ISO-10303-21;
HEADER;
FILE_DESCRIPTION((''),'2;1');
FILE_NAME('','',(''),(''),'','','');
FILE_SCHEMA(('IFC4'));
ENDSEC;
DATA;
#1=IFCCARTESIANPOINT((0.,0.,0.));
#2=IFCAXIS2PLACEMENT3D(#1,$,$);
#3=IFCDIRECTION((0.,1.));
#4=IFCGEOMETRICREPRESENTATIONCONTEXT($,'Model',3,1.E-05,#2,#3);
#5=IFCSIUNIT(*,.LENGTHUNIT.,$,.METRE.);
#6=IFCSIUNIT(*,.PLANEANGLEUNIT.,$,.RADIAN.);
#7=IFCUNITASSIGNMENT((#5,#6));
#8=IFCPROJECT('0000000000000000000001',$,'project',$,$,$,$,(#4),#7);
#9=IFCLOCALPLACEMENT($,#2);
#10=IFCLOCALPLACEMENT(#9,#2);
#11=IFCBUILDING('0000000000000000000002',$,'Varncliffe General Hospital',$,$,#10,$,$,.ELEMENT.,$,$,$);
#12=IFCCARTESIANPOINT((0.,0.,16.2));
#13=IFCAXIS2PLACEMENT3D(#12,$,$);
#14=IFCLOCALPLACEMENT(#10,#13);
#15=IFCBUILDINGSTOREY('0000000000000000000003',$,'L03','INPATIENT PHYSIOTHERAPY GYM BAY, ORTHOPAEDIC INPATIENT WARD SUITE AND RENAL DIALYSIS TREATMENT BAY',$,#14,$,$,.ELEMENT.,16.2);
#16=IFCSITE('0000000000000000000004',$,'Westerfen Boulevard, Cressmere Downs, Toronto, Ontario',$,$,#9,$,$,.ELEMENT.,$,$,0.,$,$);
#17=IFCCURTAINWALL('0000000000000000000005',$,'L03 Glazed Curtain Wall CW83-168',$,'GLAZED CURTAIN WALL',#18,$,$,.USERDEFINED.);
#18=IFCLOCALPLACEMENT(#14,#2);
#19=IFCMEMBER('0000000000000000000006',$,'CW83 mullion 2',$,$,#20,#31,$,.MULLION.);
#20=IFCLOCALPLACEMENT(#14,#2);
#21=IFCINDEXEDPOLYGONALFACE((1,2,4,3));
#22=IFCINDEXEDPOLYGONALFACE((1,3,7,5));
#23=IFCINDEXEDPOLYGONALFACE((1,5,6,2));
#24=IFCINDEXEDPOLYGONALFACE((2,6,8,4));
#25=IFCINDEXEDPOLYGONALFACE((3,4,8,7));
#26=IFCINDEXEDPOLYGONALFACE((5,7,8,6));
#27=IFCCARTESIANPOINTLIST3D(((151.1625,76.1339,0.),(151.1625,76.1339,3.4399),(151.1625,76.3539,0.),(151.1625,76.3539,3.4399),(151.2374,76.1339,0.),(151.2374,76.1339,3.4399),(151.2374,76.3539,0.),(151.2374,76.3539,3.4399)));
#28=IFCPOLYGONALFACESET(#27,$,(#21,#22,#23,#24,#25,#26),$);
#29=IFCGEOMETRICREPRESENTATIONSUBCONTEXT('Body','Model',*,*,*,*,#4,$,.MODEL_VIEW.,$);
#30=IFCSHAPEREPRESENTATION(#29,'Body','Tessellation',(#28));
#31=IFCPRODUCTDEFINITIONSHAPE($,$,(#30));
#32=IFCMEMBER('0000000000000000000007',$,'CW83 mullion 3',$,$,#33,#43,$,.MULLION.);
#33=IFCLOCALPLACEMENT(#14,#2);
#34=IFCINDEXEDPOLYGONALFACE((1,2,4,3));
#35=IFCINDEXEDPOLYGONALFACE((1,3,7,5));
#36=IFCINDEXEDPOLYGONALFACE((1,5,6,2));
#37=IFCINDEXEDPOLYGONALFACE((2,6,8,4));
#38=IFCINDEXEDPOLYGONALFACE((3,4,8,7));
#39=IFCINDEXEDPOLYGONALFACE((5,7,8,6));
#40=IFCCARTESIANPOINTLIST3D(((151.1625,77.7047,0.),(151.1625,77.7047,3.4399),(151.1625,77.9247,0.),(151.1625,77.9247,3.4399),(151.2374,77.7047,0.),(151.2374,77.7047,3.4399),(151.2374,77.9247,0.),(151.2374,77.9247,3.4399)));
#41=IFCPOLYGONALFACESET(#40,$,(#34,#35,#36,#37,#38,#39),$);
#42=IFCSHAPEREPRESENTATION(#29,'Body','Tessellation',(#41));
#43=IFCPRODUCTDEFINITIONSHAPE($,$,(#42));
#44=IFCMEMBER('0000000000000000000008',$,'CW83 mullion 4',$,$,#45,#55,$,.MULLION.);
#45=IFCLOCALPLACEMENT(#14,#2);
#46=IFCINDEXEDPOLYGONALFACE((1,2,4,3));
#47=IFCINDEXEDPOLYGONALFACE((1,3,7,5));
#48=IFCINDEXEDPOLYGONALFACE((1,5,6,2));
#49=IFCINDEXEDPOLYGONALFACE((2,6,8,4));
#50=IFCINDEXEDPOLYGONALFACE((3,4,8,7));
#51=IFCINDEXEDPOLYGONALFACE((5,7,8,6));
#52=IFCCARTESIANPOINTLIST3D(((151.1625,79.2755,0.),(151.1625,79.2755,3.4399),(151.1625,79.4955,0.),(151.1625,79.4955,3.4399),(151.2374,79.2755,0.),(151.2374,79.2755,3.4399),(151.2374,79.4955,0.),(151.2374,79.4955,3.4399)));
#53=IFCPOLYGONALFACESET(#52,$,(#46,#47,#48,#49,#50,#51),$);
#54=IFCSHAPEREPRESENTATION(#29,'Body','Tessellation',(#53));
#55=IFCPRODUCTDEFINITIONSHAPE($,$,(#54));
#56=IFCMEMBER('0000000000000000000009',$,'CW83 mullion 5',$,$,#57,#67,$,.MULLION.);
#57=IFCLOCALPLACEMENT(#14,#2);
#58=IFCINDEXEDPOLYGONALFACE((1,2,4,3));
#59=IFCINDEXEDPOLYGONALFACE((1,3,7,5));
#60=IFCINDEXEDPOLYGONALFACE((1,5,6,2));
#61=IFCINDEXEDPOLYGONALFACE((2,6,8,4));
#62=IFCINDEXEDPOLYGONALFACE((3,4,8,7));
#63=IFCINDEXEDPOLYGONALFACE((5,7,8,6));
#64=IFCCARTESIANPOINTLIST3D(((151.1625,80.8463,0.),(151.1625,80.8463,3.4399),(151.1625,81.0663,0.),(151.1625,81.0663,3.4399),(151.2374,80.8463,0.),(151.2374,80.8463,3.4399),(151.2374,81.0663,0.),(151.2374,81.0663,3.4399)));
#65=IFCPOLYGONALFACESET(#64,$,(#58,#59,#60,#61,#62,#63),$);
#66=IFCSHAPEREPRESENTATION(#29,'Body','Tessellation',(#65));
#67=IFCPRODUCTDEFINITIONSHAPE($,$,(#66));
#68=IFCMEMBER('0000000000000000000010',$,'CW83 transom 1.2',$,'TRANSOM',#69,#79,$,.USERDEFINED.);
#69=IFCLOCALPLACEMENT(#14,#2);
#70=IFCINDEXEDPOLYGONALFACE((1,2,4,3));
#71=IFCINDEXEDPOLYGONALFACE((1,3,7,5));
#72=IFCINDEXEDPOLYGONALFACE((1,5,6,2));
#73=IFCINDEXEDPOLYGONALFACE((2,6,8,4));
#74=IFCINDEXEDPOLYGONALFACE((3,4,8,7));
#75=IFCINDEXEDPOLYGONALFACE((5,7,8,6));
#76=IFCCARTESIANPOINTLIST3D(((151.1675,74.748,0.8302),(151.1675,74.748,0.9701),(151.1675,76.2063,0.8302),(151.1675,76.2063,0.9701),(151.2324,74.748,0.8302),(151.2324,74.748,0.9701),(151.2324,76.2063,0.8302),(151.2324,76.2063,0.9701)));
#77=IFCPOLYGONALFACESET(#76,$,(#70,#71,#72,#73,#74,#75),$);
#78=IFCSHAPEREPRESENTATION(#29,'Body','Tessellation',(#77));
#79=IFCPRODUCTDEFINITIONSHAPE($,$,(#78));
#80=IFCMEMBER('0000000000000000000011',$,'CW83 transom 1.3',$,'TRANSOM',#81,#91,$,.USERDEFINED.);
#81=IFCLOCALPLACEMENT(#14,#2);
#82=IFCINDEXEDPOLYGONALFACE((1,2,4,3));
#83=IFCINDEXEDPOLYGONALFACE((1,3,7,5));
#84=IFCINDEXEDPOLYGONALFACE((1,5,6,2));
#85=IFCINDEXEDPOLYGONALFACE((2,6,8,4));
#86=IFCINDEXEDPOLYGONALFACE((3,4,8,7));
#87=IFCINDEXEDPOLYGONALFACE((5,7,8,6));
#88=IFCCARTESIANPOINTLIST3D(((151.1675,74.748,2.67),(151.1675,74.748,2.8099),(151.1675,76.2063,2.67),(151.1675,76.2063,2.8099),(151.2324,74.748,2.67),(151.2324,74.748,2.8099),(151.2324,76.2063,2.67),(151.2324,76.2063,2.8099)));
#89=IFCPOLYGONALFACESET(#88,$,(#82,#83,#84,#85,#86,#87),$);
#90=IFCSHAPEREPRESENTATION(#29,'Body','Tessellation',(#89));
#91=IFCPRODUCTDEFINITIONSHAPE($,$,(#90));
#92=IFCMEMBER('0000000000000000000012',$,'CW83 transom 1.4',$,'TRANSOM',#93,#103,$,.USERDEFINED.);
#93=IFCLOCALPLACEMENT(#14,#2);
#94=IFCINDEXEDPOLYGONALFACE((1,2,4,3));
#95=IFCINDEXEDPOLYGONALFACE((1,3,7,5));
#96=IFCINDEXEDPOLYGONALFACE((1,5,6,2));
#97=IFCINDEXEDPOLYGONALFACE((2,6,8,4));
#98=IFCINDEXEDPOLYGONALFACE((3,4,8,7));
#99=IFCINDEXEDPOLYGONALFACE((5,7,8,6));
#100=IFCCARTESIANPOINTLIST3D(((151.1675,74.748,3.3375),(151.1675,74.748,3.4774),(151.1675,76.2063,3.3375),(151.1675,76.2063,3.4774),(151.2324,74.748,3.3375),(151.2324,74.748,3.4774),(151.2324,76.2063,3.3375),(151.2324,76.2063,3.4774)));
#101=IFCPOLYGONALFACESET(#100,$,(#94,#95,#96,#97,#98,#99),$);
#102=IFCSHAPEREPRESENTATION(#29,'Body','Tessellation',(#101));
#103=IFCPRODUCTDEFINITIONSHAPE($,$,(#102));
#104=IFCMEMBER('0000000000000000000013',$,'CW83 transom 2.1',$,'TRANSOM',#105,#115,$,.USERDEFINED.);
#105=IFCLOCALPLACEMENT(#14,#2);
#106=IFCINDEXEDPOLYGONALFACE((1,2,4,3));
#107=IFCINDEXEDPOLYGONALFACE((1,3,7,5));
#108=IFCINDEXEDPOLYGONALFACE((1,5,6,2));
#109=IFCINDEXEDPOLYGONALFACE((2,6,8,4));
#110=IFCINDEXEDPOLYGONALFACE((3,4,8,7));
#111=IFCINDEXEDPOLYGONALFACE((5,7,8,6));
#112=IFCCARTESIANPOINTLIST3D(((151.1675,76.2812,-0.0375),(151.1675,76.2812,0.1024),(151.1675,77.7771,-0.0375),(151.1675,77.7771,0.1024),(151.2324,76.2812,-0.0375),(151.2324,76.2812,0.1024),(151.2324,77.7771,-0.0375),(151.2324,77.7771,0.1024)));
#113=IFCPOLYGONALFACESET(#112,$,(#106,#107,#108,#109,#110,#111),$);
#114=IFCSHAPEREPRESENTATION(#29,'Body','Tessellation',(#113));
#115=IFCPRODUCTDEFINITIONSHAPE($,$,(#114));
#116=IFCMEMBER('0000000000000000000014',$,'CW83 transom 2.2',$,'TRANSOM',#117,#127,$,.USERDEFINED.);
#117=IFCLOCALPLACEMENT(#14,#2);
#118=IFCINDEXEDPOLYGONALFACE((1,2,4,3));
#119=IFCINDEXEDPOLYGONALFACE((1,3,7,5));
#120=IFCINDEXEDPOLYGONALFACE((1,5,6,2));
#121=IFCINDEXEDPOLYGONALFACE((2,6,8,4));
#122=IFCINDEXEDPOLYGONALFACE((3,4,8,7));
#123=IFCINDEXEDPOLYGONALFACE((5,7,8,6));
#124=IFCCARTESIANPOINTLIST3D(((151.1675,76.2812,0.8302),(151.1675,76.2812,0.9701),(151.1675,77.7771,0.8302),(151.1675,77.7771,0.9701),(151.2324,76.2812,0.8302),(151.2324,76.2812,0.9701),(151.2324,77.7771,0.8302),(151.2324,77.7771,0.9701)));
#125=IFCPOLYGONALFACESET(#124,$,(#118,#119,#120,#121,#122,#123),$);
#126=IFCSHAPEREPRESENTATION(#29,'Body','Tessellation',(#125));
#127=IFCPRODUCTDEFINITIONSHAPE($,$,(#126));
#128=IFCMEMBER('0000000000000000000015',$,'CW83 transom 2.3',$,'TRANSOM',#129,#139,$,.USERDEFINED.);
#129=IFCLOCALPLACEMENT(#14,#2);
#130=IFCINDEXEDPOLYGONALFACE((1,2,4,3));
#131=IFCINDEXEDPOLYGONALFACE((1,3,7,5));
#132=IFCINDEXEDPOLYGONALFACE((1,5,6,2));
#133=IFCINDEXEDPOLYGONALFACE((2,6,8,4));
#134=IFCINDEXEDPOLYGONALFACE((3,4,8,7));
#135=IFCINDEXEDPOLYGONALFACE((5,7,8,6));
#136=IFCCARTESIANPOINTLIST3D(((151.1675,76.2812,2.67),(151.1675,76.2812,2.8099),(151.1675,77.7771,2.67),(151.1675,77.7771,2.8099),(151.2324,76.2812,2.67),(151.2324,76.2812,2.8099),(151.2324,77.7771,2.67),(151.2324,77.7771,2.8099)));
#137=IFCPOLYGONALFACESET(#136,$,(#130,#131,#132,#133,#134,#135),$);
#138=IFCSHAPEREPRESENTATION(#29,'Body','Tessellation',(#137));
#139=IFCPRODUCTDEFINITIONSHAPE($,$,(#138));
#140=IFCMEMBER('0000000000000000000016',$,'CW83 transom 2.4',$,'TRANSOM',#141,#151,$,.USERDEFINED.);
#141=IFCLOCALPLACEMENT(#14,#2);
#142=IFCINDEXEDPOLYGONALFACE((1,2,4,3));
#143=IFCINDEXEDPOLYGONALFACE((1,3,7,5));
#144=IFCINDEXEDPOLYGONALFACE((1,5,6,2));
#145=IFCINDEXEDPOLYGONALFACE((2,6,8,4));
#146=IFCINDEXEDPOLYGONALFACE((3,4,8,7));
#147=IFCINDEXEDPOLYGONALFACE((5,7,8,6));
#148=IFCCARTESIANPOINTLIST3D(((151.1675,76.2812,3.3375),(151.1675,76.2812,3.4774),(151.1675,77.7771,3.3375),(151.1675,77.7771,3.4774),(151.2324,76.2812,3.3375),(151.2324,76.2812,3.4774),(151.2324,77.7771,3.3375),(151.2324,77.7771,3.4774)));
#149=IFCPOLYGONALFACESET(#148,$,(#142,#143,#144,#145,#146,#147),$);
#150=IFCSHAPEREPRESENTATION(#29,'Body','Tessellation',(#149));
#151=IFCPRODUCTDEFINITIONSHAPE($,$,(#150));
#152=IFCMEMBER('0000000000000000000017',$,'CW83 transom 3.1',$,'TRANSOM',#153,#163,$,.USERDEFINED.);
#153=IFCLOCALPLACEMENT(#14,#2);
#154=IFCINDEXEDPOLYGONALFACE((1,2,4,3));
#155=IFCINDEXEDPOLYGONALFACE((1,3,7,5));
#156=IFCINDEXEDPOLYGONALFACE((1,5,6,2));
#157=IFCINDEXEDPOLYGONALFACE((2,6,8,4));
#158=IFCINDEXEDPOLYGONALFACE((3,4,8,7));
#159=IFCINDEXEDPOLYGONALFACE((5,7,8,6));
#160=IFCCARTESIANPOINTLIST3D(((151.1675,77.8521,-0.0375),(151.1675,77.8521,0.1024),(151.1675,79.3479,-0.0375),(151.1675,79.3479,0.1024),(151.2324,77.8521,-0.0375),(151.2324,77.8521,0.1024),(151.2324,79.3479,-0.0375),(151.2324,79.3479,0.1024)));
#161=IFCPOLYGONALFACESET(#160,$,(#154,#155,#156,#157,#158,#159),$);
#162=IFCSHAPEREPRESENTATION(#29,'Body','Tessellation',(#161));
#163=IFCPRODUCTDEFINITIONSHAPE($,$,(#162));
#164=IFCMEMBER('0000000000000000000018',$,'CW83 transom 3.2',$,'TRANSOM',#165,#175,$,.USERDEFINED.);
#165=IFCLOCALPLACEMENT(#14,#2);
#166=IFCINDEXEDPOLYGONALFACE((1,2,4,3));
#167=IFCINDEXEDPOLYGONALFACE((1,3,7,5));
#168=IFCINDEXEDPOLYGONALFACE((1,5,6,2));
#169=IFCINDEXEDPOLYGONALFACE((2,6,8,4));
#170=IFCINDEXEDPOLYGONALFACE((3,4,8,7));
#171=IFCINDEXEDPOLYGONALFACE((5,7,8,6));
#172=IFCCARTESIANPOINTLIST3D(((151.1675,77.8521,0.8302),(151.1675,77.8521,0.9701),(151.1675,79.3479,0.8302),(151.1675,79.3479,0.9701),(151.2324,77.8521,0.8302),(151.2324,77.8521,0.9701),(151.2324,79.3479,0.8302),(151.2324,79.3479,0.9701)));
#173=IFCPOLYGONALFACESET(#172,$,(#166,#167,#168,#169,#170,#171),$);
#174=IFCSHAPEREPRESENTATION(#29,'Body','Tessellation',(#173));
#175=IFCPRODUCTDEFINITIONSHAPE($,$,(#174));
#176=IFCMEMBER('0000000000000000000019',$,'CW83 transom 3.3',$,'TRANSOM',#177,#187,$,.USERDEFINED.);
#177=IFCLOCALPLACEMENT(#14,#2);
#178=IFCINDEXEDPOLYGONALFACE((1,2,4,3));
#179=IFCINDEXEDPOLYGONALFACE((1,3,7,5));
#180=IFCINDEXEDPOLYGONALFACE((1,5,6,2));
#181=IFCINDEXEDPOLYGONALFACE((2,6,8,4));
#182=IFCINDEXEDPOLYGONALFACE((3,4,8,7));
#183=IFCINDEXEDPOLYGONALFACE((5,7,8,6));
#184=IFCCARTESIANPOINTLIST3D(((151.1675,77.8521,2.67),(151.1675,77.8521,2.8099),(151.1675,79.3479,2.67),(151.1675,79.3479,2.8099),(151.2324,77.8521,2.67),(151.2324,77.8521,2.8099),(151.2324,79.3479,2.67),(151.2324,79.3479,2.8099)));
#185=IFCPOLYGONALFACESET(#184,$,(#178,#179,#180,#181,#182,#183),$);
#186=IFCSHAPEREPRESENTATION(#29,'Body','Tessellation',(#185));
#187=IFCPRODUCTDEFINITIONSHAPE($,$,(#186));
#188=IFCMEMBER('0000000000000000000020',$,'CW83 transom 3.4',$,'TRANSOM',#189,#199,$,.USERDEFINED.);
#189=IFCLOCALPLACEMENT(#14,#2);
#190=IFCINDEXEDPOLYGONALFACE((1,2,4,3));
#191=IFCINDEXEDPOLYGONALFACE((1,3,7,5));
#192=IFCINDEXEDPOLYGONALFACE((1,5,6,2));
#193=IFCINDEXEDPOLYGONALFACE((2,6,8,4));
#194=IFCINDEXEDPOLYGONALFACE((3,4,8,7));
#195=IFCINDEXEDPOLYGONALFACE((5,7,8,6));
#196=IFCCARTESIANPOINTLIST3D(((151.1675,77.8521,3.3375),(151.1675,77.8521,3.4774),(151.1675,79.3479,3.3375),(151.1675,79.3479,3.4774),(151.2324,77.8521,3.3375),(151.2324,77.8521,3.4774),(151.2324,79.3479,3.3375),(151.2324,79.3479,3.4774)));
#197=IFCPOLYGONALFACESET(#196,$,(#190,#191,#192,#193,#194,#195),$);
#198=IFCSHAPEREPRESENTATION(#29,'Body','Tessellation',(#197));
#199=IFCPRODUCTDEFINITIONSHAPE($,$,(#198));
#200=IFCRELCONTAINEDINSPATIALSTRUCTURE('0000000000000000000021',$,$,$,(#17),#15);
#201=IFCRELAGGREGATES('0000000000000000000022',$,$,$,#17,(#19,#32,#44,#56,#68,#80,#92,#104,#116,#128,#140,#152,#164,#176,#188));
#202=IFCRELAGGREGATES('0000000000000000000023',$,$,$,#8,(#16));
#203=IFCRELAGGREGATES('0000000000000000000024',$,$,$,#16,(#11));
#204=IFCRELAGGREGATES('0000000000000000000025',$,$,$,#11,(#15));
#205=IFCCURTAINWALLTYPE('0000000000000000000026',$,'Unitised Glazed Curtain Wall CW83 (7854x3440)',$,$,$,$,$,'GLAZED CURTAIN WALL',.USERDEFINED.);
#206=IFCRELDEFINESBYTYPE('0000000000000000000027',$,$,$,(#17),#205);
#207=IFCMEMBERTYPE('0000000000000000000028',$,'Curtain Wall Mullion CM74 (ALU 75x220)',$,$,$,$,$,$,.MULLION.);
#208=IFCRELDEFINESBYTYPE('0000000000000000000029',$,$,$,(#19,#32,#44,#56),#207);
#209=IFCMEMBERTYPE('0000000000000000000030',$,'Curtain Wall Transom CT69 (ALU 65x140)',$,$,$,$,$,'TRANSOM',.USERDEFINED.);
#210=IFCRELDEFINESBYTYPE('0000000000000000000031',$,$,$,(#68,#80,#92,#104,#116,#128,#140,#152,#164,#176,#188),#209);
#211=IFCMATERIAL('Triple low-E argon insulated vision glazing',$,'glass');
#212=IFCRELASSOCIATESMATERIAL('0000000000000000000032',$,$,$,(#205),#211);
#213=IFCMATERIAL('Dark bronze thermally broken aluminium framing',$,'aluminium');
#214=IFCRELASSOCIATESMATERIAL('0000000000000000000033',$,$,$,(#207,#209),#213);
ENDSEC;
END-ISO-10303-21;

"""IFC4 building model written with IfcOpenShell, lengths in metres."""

from ifc_helpers import new_model, si_unit, direction, frame, origin, origin_2d, place, context, subcontext, project, spatial, rectangle, extrude, material, material_profile, profile_set, type_object, element, aggregate, save


model = new_model("IFC4")

# Units and contexts
model_context = context("Model", 3, precision=1e-05, world=origin(), true_north=direction((0.0, 1.0)))
body_context = subcontext(model_context, "Body", "Model", "MODEL_VIEW")
ifc_project = project(units=[si_unit("LENGTHUNIT", "METRE"), si_unit("PLANEANGLEUNIT", "RADIAN")], contexts=[model_context])

# Site, building, storey
site_placement = place(None, origin())
site = spatial("IfcSite", under=ifc_project, at=site_placement, Name="Westerfen Boulevard, Cressmere Downs, Toronto, Ontario", CompositionType="ELEMENT", RefElevation=0.0)
building_placement = place(site_placement, origin())
building = spatial("IfcBuilding", under=site, at=building_placement, Name="Varncliffe General Hospital", CompositionType="ELEMENT")
storey_placement = place(building_placement, frame((0.0, 0.0, 16.2)))
storey = spatial("IfcBuildingStorey", under=building, at=storey_placement, Name="L03", Description="INPATIENT PHYSIOTHERAPY GYM BAY, ORTHOPAEDIC INPATIENT WARD SUITE AND RENAL DIALYSIS TREATMENT BAY", CompositionType="ELEMENT", Elevation=16.2)

# Curtain wall, members
ifc_material_1 = material(Name="Triple low-E argon insulated vision glazing", Category="glass")
curtain_wall_type = type_object("IfcCurtainWallType", Name="Unitised Glazed Curtain Wall CW83 (7854x3440)", ElementType="GLAZED CURTAIN WALL", PredefinedType="USERDEFINED", material=ifc_material_1)
curtain_wall_placement = place(storey_placement, origin())
curtain_wall = element("IfcCurtainWall", 1, at=curtain_wall_placement, inside=storey, type_object=curtain_wall_type, Name="L03 Glazed Curtain Wall CW83-168", ObjectType="GLAZED CURTAIN WALL", PredefinedType="USERDEFINED")
ifc_material_2 = material(Name="Dark bronze thermally broken aluminium framing", Category="aluminium")
ifc_material_profile_1 = material_profile(ifc_material_2, rectangle(XDim=0.075, YDim=0.22, at=origin_2d()), Name="ALU 75x220")
ifc_profile_set_1 = profile_set([ifc_material_profile_1], Name="Dark bronze thermally broken aluminium framing")
member_type_1 = type_object("IfcMemberType", Name="Curtain Wall Mullion CM74 (ALU 75x220)", PredefinedType="MULLION", material=ifc_profile_set_1)
member_1_placement = place(storey_placement, frame((151.2, 76.2439, 0.0), z_axis=(0.0, 0.0, 1.0), x_axis=(-1.0, 0.0, 0.0)))
member_1 = element("IfcMember", 2, at=member_1_placement, type_object=member_type_1, Name="CW83 mullion 2", PredefinedType="MULLION", context=body_context, shape_type="SweptSolid", body=[
    extrude(rectangle(XDim=0.075, YDim=0.22, at=origin_2d()), origin(), (0.0, 0.0, 1.0), 3.4399),
])
member_2_placement = place(storey_placement, frame((151.2, 77.8147, 0.0), z_axis=(0.0, 0.0, 1.0), x_axis=(-1.0, 0.0, 0.0)))
member_2 = element("IfcMember", 3, at=member_2_placement, type_object=member_type_1, Name="CW83 mullion 3", PredefinedType="MULLION", context=body_context, shape_type="SweptSolid", body=[
    extrude(rectangle(XDim=0.075, YDim=0.22, at=origin_2d()), origin(), (0.0, 0.0, 1.0), 3.4399),
])
member_3_placement = place(storey_placement, frame((151.2, 79.3855, 0.0), z_axis=(0.0, 0.0, 1.0), x_axis=(-1.0, 0.0, 0.0)))
member_3 = element("IfcMember", 4, at=member_3_placement, type_object=member_type_1, Name="CW83 mullion 4", PredefinedType="MULLION", context=body_context, shape_type="SweptSolid", body=[
    extrude(rectangle(XDim=0.075, YDim=0.22, at=origin_2d()), origin(), (0.0, 0.0, 1.0), 3.4399),
])
member_4_placement = place(storey_placement, frame((151.2, 80.9563, 0.0), z_axis=(0.0, 0.0, 1.0), x_axis=(-1.0, 0.0, 0.0)))
member_4 = element("IfcMember", 5, at=member_4_placement, type_object=member_type_1, Name="CW83 mullion 5", PredefinedType="MULLION", context=body_context, shape_type="SweptSolid", body=[
    extrude(rectangle(XDim=0.075, YDim=0.22, at=origin_2d()), origin(), (0.0, 0.0, 1.0), 3.4399),
])
ifc_material_profile_2 = material_profile(ifc_material_2, rectangle(XDim=0.0649, YDim=0.1399, at=origin_2d()), Name="ALU 65x140")
ifc_profile_set_2 = profile_set([ifc_material_profile_2], Name="Dark bronze thermally broken aluminium framing")
member_type_2 = type_object("IfcMemberType", Name="Curtain Wall Transom CT69 (ALU 65x140)", ElementType="TRANSOM", PredefinedType="USERDEFINED", material=ifc_profile_set_2)
member_5_placement = place(storey_placement, frame((151.2, 74.748, 0.9001), z_axis=(0.0, 1.0, 0.0), x_axis=(-1.0, 0.0, 0.0)))
member_5 = element("IfcMember", 6, at=member_5_placement, type_object=member_type_2, Name="CW83 transom 1.2", ObjectType="TRANSOM", PredefinedType="USERDEFINED", context=body_context, shape_type="SweptSolid", body=[
    extrude(rectangle(XDim=0.0649, YDim=0.1399, at=origin_2d()), origin(), (0.0, 0.0, 1.0), 1.4583),
])
member_6_placement = place(storey_placement, frame((151.2, 74.748, 2.74), z_axis=(0.0, 1.0, 0.0), x_axis=(-1.0, 0.0, 0.0)))
member_6 = element("IfcMember", 7, at=member_6_placement, type_object=member_type_2, Name="CW83 transom 1.3", ObjectType="TRANSOM", PredefinedType="USERDEFINED", context=body_context, shape_type="SweptSolid", body=[
    extrude(rectangle(XDim=0.0649, YDim=0.1399, at=origin_2d()), origin(), (0.0, 0.0, 1.0), 1.4583),
])
member_7_placement = place(storey_placement, frame((151.2, 74.748, 3.4075), z_axis=(0.0, 1.0, 0.0), x_axis=(-1.0, 0.0, 0.0)))
member_7 = element("IfcMember", 8, at=member_7_placement, type_object=member_type_2, Name="CW83 transom 1.4", ObjectType="TRANSOM", PredefinedType="USERDEFINED", context=body_context, shape_type="SweptSolid", body=[
    extrude(rectangle(XDim=0.0649, YDim=0.1399, at=origin_2d()), origin(), (0.0, 0.0, 1.0), 1.4583),
])
member_8_placement = place(storey_placement, frame((151.2, 76.2812, 0.0325), z_axis=(0.0, 1.0, 0.0), x_axis=(-1.0, 0.0, 0.0)))
member_8 = element("IfcMember", 9, at=member_8_placement, type_object=member_type_2, Name="CW83 transom 2.1", ObjectType="TRANSOM", PredefinedType="USERDEFINED", context=body_context, shape_type="SweptSolid", body=[
    extrude(rectangle(XDim=0.0649, YDim=0.1399, at=origin_2d()), origin(), (0.0, 0.0, 1.0), 1.4958),
])
member_9_placement = place(storey_placement, frame((151.2, 76.2812, 0.9001), z_axis=(0.0, 1.0, 0.0), x_axis=(-1.0, 0.0, 0.0)))
member_9 = element("IfcMember", 10, at=member_9_placement, type_object=member_type_2, Name="CW83 transom 2.2", ObjectType="TRANSOM", PredefinedType="USERDEFINED", context=body_context, shape_type="SweptSolid", body=[
    extrude(rectangle(XDim=0.0649, YDim=0.1399, at=origin_2d()), origin(), (0.0, 0.0, 1.0), 1.4958),
])
member_10_placement = place(storey_placement, frame((151.2, 76.2812, 2.74), z_axis=(0.0, 1.0, 0.0), x_axis=(-1.0, 0.0, 0.0)))
member_10 = element("IfcMember", 11, at=member_10_placement, type_object=member_type_2, Name="CW83 transom 2.3", ObjectType="TRANSOM", PredefinedType="USERDEFINED", context=body_context, shape_type="SweptSolid", body=[
    extrude(rectangle(XDim=0.0649, YDim=0.1399, at=origin_2d()), origin(), (0.0, 0.0, 1.0), 1.4958),
])
member_11_placement = place(storey_placement, frame((151.2, 76.2812, 3.4075), z_axis=(0.0, 1.0, 0.0), x_axis=(-1.0, 0.0, 0.0)))
member_11 = element("IfcMember", 12, at=member_11_placement, type_object=member_type_2, Name="CW83 transom 2.4", ObjectType="TRANSOM", PredefinedType="USERDEFINED", context=body_context, shape_type="SweptSolid", body=[
    extrude(rectangle(XDim=0.0649, YDim=0.1399, at=origin_2d()), origin(), (0.0, 0.0, 1.0), 1.4958),
])
member_12_placement = place(storey_placement, frame((151.2, 77.8521, 0.0325), z_axis=(0.0, 1.0, 0.0), x_axis=(-1.0, 0.0, 0.0)))
member_12 = element("IfcMember", 13, at=member_12_placement, type_object=member_type_2, Name="CW83 transom 3.1", ObjectType="TRANSOM", PredefinedType="USERDEFINED", context=body_context, shape_type="SweptSolid", body=[
    extrude(rectangle(XDim=0.0649, YDim=0.1399, at=origin_2d()), origin(), (0.0, 0.0, 1.0), 1.4958),
])
member_13_placement = place(storey_placement, frame((151.2, 77.8521, 0.9001), z_axis=(0.0, 1.0, 0.0), x_axis=(-1.0, 0.0, 0.0)))
member_13 = element("IfcMember", 14, at=member_13_placement, type_object=member_type_2, Name="CW83 transom 3.2", ObjectType="TRANSOM", PredefinedType="USERDEFINED", context=body_context, shape_type="SweptSolid", body=[
    extrude(rectangle(XDim=0.0649, YDim=0.1399, at=origin_2d()), origin(), (0.0, 0.0, 1.0), 1.4958),
])
member_14_placement = place(storey_placement, frame((151.2, 77.8521, 2.74), z_axis=(0.0, 1.0, 0.0), x_axis=(-1.0, 0.0, 0.0)))
member_14 = element("IfcMember", 15, at=member_14_placement, type_object=member_type_2, Name="CW83 transom 3.3", ObjectType="TRANSOM", PredefinedType="USERDEFINED", context=body_context, shape_type="SweptSolid", body=[
    extrude(rectangle(XDim=0.0649, YDim=0.1399, at=origin_2d()), origin(), (0.0, 0.0, 1.0), 1.4958),
])
member_15_placement = place(storey_placement, frame((151.2, 77.8521, 3.4075), z_axis=(0.0, 1.0, 0.0), x_axis=(-1.0, 0.0, 0.0)))
member_15 = element("IfcMember", 16, at=member_15_placement, type_object=member_type_2, Name="CW83 transom 3.4", ObjectType="TRANSOM", PredefinedType="USERDEFINED", context=body_context, shape_type="SweptSolid", body=[
    extrude(rectangle(XDim=0.0649, YDim=0.1399, at=origin_2d()), origin(), (0.0, 0.0, 1.0), 1.4958),
])
aggregate(curtain_wall, [member_1, member_2, member_3, member_4, member_5, member_6, member_7, member_8, member_9, member_10, member_11, member_12, member_13, member_14, member_15])

save(model, "model.ifc")
